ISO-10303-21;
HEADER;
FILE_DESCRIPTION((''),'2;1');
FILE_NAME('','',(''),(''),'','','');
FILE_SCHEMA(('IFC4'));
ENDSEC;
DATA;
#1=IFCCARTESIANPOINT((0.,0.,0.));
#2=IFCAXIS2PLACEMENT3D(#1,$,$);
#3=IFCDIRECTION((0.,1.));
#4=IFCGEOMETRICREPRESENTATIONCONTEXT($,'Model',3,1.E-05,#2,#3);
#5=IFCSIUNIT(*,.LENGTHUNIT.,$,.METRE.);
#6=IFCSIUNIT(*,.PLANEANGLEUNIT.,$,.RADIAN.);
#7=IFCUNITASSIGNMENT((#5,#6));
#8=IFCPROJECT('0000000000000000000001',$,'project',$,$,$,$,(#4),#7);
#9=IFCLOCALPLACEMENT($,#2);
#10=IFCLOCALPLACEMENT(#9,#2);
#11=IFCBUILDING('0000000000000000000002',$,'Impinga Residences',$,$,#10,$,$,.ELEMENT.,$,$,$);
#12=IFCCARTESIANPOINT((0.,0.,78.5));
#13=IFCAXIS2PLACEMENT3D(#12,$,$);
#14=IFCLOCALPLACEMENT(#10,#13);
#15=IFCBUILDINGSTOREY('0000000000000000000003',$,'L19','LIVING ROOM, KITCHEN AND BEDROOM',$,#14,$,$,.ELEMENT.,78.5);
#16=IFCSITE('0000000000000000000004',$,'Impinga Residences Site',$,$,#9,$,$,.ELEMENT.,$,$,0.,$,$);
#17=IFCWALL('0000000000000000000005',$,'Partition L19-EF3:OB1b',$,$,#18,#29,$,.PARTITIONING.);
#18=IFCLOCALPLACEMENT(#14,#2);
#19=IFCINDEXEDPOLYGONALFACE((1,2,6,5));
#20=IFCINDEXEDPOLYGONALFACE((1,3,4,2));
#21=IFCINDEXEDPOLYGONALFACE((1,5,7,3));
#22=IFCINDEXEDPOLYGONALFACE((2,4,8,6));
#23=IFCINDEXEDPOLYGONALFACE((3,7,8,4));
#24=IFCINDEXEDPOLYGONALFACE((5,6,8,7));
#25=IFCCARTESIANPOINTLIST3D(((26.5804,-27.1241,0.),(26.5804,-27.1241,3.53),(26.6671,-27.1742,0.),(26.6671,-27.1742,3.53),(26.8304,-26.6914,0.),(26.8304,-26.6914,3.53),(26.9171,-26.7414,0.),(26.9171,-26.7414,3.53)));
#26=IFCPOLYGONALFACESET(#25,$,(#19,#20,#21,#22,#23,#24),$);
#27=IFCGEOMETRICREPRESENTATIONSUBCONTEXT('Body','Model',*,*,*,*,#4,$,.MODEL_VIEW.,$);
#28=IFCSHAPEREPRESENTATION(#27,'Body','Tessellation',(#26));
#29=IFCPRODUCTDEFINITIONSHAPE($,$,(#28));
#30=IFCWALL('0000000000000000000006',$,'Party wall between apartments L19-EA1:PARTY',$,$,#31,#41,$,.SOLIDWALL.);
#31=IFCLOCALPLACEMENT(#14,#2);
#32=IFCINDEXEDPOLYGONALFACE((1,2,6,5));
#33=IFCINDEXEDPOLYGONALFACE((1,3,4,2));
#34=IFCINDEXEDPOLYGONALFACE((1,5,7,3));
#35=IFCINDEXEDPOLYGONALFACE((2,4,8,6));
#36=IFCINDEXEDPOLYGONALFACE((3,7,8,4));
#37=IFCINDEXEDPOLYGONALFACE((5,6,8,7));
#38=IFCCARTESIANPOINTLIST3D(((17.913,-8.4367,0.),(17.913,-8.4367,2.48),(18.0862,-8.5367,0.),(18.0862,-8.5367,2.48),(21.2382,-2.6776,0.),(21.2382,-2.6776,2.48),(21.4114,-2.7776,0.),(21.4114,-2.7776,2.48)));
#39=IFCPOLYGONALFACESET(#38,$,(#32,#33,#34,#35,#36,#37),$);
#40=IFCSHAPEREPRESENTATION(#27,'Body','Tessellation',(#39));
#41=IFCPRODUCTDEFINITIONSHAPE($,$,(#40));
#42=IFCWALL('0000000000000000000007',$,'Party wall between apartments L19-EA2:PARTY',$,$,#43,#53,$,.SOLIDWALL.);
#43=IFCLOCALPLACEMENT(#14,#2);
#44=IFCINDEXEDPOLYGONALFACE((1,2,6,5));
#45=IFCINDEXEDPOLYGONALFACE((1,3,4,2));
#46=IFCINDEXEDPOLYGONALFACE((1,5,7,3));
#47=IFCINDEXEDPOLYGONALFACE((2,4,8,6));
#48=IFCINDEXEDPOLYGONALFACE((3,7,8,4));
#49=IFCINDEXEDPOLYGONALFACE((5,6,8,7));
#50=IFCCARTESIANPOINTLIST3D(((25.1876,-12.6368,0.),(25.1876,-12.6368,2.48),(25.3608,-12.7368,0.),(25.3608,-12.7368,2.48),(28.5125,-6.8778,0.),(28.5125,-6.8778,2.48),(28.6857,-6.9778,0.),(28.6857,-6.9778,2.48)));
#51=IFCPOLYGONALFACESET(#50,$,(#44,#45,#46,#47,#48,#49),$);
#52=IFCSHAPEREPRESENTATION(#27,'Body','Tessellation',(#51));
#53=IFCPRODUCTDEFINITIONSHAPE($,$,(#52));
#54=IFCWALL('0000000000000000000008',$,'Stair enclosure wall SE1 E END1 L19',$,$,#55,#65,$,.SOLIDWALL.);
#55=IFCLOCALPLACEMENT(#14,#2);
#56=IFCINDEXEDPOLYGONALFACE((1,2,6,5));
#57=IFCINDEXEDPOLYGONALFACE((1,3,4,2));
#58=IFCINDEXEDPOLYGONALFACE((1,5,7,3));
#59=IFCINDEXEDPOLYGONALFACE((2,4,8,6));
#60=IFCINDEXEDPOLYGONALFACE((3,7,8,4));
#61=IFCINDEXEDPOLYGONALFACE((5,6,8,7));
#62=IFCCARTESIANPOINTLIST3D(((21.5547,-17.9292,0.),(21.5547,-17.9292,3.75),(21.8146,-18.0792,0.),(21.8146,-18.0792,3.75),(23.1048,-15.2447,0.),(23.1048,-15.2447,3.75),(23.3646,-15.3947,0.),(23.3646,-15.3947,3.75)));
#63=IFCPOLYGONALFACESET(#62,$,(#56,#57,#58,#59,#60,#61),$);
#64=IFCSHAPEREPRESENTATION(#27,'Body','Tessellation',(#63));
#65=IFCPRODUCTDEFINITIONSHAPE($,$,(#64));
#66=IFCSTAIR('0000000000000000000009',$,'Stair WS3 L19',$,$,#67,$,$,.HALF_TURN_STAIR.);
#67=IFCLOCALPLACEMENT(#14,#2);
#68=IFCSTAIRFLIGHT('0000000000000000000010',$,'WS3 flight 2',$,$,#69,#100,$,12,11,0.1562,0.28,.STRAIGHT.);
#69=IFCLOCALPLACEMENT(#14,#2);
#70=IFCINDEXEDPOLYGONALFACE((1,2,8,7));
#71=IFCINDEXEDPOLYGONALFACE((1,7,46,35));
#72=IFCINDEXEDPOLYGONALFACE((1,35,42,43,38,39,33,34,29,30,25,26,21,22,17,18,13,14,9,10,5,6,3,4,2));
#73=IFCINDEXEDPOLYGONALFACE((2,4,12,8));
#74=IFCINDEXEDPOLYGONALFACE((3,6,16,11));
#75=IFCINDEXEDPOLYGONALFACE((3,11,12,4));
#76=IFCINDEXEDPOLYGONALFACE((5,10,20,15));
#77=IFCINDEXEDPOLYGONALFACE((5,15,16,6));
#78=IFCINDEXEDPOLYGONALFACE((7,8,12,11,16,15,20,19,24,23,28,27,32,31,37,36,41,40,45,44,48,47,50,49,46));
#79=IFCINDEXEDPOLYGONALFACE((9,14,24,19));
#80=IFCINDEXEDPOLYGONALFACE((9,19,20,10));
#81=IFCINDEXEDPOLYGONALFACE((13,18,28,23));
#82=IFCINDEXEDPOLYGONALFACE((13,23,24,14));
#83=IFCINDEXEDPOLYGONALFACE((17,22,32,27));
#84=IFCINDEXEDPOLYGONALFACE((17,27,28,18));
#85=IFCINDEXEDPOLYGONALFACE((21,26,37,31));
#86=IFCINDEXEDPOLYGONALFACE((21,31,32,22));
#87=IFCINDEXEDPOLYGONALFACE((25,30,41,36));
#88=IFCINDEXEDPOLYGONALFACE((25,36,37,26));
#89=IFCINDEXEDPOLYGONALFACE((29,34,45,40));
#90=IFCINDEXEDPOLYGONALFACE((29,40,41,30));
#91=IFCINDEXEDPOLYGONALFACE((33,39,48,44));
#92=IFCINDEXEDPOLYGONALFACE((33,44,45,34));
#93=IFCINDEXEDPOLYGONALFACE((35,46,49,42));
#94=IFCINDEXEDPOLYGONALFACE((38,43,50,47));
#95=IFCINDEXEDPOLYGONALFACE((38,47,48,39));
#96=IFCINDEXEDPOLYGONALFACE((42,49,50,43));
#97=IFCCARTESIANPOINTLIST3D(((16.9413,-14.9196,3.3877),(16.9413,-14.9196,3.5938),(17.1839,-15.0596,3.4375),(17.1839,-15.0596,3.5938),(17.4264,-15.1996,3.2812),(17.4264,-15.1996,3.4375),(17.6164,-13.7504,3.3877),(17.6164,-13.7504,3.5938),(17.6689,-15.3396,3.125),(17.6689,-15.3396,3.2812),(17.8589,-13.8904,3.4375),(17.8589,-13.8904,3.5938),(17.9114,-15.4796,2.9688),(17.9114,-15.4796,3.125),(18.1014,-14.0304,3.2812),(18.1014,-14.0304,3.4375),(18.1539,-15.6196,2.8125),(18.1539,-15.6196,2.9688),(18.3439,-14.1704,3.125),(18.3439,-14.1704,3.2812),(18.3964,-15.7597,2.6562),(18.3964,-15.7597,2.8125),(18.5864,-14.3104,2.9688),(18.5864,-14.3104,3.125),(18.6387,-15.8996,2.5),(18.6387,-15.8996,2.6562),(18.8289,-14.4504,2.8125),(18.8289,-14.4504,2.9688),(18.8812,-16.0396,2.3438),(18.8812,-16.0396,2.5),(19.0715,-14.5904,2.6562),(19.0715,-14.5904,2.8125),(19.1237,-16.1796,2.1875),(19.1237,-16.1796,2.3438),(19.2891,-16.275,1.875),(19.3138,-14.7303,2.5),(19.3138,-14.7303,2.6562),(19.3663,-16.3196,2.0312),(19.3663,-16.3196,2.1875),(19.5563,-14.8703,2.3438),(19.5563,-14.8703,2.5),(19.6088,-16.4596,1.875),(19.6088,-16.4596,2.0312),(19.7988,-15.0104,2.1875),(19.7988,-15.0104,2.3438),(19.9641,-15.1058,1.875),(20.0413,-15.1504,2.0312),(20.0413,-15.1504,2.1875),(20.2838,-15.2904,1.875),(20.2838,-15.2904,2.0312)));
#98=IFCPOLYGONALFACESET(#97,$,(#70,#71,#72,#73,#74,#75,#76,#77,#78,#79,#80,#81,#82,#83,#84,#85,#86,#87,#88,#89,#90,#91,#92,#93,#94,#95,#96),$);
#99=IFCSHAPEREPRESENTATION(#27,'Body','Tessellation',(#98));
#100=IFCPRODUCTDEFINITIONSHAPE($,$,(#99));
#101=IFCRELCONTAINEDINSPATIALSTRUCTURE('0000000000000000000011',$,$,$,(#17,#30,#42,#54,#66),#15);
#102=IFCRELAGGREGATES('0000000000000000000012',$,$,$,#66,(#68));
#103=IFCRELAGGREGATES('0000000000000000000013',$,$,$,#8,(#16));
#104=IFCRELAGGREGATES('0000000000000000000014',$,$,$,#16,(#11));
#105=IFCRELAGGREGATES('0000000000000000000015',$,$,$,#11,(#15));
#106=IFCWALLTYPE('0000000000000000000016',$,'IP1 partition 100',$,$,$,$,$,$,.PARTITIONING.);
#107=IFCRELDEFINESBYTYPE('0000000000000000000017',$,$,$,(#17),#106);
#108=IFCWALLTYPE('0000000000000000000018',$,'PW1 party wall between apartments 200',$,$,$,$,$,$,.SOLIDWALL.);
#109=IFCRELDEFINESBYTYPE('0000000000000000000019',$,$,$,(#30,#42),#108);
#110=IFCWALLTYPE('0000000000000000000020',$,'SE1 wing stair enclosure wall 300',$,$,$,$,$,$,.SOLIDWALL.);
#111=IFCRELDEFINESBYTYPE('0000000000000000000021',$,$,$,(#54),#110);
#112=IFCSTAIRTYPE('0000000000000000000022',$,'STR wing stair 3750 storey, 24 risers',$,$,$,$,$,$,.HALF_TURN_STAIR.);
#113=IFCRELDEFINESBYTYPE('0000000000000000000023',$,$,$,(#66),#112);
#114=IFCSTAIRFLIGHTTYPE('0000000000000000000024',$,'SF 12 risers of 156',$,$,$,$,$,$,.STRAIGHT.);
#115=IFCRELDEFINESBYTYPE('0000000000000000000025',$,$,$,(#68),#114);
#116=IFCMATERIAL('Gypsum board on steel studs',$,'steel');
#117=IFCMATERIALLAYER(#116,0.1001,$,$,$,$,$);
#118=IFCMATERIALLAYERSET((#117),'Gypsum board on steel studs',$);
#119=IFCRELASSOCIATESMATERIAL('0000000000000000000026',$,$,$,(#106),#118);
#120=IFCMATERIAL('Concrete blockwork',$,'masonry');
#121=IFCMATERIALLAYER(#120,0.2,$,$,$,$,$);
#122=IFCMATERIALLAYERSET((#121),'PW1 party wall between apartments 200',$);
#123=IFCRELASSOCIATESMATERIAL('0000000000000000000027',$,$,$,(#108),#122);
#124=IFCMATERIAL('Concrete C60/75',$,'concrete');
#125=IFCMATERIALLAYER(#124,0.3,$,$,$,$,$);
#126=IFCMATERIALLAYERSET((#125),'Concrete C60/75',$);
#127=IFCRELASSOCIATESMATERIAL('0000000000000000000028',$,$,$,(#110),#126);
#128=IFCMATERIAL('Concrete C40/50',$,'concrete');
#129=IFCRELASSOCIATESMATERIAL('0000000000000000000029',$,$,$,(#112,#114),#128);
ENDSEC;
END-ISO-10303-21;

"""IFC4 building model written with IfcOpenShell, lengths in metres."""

from ifc_helpers import new_model, si_unit, direction, frame, frame_2d, origin, place, context, subcontext, project, spatial, polyline, rectangle, outline, extrude, material, layer, layer_set, type_object, element, aggregate, save


model = new_model("IFC4")

# Units and contexts
model_context = context("Model", 3, precision=1e-05, world=origin(), true_north=direction((0.0, 1.0)))
body_context = subcontext(model_context, "Body", "Model", "MODEL_VIEW")
ifc_project = project(units=[si_unit("LENGTHUNIT", "METRE"), si_unit("PLANEANGLEUNIT", "RADIAN")], contexts=[model_context])

# Site, building, storey
site_placement = place(None, origin())
site = spatial("IfcSite", under=ifc_project, at=site_placement, Name="Impinga Residences Site", CompositionType="ELEMENT", RefElevation=0.0)
building_placement = place(site_placement, origin())
building = spatial("IfcBuilding", under=site, at=building_placement, Name="Impinga Residences", CompositionType="ELEMENT")
storey_placement = place(building_placement, frame((0.0, 0.0, 78.5)))
storey = spatial("IfcBuildingStorey", under=building, at=storey_placement, Name="L19", Description="LIVING ROOM, KITCHEN AND BEDROOM", CompositionType="ELEMENT", Elevation=78.5)

# Shared definitions
ifc_material_1 = material(Name="Concrete C60/75", Category="concrete")

# Shared definitions
ifc_material_2 = material(Name="Gypsum board on steel studs", Category="steel")
ifc_layer_1 = layer(ifc_material_2, 0.1001)
ifc_layer_set_1 = layer_set([ifc_layer_1], Name="Gypsum board on steel studs")
wall_type_1 = type_object("IfcWallType", Name="IP1 partition 100", PredefinedType="PARTITIONING", material=ifc_layer_set_1)

# Walls
wall_1_placement = place(storey_placement, frame((26.8738, -26.7163, 0.0), z_axis=(0.0, 0.0, 1.0), x_axis=(-0.500131, -0.86595, 0.0)))
element("IfcWall", 1, at=wall_1_placement, inside=storey, type_object=wall_type_1, Name="Partition L19-EF3:OB1b", PredefinedType="PARTITIONING", context=body_context, shape_type="SweptSolid", body=[
    extrude(rectangle(XDim=0.4998, YDim=0.1001, at=frame_2d((0.25, 0.0))), origin(), (0.0, 0.0, 1.0), 3.53),
])
ifc_material_3 = material(Name="Concrete blockwork", Category="masonry")
ifc_layer_2 = layer(ifc_material_3, 0.2)
ifc_layer_set_2 = layer_set([ifc_layer_2], Name="PW1 party wall between apartments 200")
wall_type_2 = type_object("IfcWallType", Name="PW1 party wall between apartments 200", PredefinedType="SOLIDWALL", material=ifc_layer_set_2)
wall_2_placement = place(storey_placement, frame((17.9995, -8.4868, 0.0), z_axis=(0.0, 0.0, 1.0), x_axis=(0.500024, 0.866011, 0.0)))
element("IfcWall", 2, at=wall_2_placement, inside=storey, type_object=wall_type_2, Name="Party wall between apartments L19-EA1:PARTY", PredefinedType="SOLIDWALL", context=body_context, shape_type="SweptSolid", body=[
    extrude(rectangle(XDim=6.6501, YDim=0.2, at=frame_2d((3.3252, 0.0))), origin(), (0.0, 0.0, 1.0), 2.48),
])
wall_3_placement = place(storey_placement, frame((25.2742, -12.6868, 0.0), z_axis=(0.0, 0.0, 1.0), x_axis=(0.499997, 0.866027, 0.0)))
element("IfcWall", 3, at=wall_3_placement, inside=storey, type_object=wall_type_2, Name="Party wall between apartments L19-EA2:PARTY", PredefinedType="SOLIDWALL", context=body_context, shape_type="SweptSolid", body=[
    extrude(rectangle(XDim=6.6499, YDim=0.2, at=frame_2d((3.325, 0.0))), origin(), (0.0, 0.0, 1.0), 2.48),
])
ifc_layer_3 = layer(ifc_material_1, 0.3)
ifc_layer_set_3 = layer_set([ifc_layer_3], Name="Concrete C60/75")
wall_type_3 = type_object("IfcWallType", Name="SE1 wing stair enclosure wall 300", PredefinedType="SOLIDWALL", material=ifc_layer_set_3)
wall_4_placement = place(storey_placement, frame((23.2346, -15.3198, 0.0), z_axis=(0.0, 0.0, 1.0), x_axis=(-0.500027, -0.86601, 0.0)))
element("IfcWall", 4, at=wall_4_placement, inside=storey, type_object=wall_type_3, Name="Stair enclosure wall SE1 E END1 L19", PredefinedType="SOLIDWALL", context=body_context, shape_type="SweptSolid", body=[
    extrude(rectangle(XDim=3.0999, YDim=0.3, at=frame_2d((1.5498, 0.0))), origin(), (0.0, 0.0, 1.0), 3.75),
])

# Stair, stair flight
ifc_material_4 = material(Name="Concrete C40/50", Category="concrete")
stair_type = type_object("IfcStairType", Name="STR wing stair 3750 storey, 24 risers", PredefinedType="HALF_TURN_STAIR", material=ifc_material_4)
stair_placement = place(storey_placement, origin())
stair = element("IfcStair", 5, at=stair_placement, inside=storey, type_object=stair_type, Name="Stair WS3 L19", PredefinedType="HALF_TURN_STAIR")
stair_flight_type = type_object("IfcStairFlightType", Name="SF 12 risers of 156", PredefinedType="STRAIGHT", material=ifc_material_4)
stair_flight_placement = place(storey_placement, frame((19.9463, -15.875, 1.875), z_axis=(0.0, 0.0, 1.0), x_axis=(-0.866025, 0.5, 0.0)))
stair_flight = element("IfcStairFlight", 6, at=stair_flight_placement, type_object=stair_flight_type, Name="WS3 flight 2", NumberOfRisers=12, NumberOfTreads=11, PredefinedType="STRAIGHT", RiserHeight=0.1562, TreadLength=0.28, context=body_context, shape_type="SweptSolid", body=[
    extrude(outline(polyline([(0.0, 0.0), (0.0, 0.1562), (0.28, 0.1562), (0.28, 0.3125), (0.5601, 0.3125), (0.5601, 0.4688), (0.8401, 0.4688), (0.8401, 0.625), (1.1201, 0.625), (1.1201, 0.7812), (1.3999, 0.7812), (1.3999, 0.9375), (1.6799, 0.9375), (1.6799, 1.0938), (1.96, 1.0938), (1.96, 1.25), (2.24, 1.25), (2.24, 1.4062), (2.52, 1.4062), (2.52, 1.5625), (2.8, 1.5625), (2.8, 1.7188), (3.0801, 1.7188), (3.0801, 1.875), (3.0801, 1.5127), (0.3691, 0.0), (0.0, 0.0)])), frame((0.0, 0.675, 0.0), z_axis=(0.0, -1.0, 0.0), x_axis=(1.0, 0.0, 0.0)), (0.0, 0.0, 1.0), 1.3501),
])
aggregate(stair, [stair_flight])

save(model, "model.ifc")
